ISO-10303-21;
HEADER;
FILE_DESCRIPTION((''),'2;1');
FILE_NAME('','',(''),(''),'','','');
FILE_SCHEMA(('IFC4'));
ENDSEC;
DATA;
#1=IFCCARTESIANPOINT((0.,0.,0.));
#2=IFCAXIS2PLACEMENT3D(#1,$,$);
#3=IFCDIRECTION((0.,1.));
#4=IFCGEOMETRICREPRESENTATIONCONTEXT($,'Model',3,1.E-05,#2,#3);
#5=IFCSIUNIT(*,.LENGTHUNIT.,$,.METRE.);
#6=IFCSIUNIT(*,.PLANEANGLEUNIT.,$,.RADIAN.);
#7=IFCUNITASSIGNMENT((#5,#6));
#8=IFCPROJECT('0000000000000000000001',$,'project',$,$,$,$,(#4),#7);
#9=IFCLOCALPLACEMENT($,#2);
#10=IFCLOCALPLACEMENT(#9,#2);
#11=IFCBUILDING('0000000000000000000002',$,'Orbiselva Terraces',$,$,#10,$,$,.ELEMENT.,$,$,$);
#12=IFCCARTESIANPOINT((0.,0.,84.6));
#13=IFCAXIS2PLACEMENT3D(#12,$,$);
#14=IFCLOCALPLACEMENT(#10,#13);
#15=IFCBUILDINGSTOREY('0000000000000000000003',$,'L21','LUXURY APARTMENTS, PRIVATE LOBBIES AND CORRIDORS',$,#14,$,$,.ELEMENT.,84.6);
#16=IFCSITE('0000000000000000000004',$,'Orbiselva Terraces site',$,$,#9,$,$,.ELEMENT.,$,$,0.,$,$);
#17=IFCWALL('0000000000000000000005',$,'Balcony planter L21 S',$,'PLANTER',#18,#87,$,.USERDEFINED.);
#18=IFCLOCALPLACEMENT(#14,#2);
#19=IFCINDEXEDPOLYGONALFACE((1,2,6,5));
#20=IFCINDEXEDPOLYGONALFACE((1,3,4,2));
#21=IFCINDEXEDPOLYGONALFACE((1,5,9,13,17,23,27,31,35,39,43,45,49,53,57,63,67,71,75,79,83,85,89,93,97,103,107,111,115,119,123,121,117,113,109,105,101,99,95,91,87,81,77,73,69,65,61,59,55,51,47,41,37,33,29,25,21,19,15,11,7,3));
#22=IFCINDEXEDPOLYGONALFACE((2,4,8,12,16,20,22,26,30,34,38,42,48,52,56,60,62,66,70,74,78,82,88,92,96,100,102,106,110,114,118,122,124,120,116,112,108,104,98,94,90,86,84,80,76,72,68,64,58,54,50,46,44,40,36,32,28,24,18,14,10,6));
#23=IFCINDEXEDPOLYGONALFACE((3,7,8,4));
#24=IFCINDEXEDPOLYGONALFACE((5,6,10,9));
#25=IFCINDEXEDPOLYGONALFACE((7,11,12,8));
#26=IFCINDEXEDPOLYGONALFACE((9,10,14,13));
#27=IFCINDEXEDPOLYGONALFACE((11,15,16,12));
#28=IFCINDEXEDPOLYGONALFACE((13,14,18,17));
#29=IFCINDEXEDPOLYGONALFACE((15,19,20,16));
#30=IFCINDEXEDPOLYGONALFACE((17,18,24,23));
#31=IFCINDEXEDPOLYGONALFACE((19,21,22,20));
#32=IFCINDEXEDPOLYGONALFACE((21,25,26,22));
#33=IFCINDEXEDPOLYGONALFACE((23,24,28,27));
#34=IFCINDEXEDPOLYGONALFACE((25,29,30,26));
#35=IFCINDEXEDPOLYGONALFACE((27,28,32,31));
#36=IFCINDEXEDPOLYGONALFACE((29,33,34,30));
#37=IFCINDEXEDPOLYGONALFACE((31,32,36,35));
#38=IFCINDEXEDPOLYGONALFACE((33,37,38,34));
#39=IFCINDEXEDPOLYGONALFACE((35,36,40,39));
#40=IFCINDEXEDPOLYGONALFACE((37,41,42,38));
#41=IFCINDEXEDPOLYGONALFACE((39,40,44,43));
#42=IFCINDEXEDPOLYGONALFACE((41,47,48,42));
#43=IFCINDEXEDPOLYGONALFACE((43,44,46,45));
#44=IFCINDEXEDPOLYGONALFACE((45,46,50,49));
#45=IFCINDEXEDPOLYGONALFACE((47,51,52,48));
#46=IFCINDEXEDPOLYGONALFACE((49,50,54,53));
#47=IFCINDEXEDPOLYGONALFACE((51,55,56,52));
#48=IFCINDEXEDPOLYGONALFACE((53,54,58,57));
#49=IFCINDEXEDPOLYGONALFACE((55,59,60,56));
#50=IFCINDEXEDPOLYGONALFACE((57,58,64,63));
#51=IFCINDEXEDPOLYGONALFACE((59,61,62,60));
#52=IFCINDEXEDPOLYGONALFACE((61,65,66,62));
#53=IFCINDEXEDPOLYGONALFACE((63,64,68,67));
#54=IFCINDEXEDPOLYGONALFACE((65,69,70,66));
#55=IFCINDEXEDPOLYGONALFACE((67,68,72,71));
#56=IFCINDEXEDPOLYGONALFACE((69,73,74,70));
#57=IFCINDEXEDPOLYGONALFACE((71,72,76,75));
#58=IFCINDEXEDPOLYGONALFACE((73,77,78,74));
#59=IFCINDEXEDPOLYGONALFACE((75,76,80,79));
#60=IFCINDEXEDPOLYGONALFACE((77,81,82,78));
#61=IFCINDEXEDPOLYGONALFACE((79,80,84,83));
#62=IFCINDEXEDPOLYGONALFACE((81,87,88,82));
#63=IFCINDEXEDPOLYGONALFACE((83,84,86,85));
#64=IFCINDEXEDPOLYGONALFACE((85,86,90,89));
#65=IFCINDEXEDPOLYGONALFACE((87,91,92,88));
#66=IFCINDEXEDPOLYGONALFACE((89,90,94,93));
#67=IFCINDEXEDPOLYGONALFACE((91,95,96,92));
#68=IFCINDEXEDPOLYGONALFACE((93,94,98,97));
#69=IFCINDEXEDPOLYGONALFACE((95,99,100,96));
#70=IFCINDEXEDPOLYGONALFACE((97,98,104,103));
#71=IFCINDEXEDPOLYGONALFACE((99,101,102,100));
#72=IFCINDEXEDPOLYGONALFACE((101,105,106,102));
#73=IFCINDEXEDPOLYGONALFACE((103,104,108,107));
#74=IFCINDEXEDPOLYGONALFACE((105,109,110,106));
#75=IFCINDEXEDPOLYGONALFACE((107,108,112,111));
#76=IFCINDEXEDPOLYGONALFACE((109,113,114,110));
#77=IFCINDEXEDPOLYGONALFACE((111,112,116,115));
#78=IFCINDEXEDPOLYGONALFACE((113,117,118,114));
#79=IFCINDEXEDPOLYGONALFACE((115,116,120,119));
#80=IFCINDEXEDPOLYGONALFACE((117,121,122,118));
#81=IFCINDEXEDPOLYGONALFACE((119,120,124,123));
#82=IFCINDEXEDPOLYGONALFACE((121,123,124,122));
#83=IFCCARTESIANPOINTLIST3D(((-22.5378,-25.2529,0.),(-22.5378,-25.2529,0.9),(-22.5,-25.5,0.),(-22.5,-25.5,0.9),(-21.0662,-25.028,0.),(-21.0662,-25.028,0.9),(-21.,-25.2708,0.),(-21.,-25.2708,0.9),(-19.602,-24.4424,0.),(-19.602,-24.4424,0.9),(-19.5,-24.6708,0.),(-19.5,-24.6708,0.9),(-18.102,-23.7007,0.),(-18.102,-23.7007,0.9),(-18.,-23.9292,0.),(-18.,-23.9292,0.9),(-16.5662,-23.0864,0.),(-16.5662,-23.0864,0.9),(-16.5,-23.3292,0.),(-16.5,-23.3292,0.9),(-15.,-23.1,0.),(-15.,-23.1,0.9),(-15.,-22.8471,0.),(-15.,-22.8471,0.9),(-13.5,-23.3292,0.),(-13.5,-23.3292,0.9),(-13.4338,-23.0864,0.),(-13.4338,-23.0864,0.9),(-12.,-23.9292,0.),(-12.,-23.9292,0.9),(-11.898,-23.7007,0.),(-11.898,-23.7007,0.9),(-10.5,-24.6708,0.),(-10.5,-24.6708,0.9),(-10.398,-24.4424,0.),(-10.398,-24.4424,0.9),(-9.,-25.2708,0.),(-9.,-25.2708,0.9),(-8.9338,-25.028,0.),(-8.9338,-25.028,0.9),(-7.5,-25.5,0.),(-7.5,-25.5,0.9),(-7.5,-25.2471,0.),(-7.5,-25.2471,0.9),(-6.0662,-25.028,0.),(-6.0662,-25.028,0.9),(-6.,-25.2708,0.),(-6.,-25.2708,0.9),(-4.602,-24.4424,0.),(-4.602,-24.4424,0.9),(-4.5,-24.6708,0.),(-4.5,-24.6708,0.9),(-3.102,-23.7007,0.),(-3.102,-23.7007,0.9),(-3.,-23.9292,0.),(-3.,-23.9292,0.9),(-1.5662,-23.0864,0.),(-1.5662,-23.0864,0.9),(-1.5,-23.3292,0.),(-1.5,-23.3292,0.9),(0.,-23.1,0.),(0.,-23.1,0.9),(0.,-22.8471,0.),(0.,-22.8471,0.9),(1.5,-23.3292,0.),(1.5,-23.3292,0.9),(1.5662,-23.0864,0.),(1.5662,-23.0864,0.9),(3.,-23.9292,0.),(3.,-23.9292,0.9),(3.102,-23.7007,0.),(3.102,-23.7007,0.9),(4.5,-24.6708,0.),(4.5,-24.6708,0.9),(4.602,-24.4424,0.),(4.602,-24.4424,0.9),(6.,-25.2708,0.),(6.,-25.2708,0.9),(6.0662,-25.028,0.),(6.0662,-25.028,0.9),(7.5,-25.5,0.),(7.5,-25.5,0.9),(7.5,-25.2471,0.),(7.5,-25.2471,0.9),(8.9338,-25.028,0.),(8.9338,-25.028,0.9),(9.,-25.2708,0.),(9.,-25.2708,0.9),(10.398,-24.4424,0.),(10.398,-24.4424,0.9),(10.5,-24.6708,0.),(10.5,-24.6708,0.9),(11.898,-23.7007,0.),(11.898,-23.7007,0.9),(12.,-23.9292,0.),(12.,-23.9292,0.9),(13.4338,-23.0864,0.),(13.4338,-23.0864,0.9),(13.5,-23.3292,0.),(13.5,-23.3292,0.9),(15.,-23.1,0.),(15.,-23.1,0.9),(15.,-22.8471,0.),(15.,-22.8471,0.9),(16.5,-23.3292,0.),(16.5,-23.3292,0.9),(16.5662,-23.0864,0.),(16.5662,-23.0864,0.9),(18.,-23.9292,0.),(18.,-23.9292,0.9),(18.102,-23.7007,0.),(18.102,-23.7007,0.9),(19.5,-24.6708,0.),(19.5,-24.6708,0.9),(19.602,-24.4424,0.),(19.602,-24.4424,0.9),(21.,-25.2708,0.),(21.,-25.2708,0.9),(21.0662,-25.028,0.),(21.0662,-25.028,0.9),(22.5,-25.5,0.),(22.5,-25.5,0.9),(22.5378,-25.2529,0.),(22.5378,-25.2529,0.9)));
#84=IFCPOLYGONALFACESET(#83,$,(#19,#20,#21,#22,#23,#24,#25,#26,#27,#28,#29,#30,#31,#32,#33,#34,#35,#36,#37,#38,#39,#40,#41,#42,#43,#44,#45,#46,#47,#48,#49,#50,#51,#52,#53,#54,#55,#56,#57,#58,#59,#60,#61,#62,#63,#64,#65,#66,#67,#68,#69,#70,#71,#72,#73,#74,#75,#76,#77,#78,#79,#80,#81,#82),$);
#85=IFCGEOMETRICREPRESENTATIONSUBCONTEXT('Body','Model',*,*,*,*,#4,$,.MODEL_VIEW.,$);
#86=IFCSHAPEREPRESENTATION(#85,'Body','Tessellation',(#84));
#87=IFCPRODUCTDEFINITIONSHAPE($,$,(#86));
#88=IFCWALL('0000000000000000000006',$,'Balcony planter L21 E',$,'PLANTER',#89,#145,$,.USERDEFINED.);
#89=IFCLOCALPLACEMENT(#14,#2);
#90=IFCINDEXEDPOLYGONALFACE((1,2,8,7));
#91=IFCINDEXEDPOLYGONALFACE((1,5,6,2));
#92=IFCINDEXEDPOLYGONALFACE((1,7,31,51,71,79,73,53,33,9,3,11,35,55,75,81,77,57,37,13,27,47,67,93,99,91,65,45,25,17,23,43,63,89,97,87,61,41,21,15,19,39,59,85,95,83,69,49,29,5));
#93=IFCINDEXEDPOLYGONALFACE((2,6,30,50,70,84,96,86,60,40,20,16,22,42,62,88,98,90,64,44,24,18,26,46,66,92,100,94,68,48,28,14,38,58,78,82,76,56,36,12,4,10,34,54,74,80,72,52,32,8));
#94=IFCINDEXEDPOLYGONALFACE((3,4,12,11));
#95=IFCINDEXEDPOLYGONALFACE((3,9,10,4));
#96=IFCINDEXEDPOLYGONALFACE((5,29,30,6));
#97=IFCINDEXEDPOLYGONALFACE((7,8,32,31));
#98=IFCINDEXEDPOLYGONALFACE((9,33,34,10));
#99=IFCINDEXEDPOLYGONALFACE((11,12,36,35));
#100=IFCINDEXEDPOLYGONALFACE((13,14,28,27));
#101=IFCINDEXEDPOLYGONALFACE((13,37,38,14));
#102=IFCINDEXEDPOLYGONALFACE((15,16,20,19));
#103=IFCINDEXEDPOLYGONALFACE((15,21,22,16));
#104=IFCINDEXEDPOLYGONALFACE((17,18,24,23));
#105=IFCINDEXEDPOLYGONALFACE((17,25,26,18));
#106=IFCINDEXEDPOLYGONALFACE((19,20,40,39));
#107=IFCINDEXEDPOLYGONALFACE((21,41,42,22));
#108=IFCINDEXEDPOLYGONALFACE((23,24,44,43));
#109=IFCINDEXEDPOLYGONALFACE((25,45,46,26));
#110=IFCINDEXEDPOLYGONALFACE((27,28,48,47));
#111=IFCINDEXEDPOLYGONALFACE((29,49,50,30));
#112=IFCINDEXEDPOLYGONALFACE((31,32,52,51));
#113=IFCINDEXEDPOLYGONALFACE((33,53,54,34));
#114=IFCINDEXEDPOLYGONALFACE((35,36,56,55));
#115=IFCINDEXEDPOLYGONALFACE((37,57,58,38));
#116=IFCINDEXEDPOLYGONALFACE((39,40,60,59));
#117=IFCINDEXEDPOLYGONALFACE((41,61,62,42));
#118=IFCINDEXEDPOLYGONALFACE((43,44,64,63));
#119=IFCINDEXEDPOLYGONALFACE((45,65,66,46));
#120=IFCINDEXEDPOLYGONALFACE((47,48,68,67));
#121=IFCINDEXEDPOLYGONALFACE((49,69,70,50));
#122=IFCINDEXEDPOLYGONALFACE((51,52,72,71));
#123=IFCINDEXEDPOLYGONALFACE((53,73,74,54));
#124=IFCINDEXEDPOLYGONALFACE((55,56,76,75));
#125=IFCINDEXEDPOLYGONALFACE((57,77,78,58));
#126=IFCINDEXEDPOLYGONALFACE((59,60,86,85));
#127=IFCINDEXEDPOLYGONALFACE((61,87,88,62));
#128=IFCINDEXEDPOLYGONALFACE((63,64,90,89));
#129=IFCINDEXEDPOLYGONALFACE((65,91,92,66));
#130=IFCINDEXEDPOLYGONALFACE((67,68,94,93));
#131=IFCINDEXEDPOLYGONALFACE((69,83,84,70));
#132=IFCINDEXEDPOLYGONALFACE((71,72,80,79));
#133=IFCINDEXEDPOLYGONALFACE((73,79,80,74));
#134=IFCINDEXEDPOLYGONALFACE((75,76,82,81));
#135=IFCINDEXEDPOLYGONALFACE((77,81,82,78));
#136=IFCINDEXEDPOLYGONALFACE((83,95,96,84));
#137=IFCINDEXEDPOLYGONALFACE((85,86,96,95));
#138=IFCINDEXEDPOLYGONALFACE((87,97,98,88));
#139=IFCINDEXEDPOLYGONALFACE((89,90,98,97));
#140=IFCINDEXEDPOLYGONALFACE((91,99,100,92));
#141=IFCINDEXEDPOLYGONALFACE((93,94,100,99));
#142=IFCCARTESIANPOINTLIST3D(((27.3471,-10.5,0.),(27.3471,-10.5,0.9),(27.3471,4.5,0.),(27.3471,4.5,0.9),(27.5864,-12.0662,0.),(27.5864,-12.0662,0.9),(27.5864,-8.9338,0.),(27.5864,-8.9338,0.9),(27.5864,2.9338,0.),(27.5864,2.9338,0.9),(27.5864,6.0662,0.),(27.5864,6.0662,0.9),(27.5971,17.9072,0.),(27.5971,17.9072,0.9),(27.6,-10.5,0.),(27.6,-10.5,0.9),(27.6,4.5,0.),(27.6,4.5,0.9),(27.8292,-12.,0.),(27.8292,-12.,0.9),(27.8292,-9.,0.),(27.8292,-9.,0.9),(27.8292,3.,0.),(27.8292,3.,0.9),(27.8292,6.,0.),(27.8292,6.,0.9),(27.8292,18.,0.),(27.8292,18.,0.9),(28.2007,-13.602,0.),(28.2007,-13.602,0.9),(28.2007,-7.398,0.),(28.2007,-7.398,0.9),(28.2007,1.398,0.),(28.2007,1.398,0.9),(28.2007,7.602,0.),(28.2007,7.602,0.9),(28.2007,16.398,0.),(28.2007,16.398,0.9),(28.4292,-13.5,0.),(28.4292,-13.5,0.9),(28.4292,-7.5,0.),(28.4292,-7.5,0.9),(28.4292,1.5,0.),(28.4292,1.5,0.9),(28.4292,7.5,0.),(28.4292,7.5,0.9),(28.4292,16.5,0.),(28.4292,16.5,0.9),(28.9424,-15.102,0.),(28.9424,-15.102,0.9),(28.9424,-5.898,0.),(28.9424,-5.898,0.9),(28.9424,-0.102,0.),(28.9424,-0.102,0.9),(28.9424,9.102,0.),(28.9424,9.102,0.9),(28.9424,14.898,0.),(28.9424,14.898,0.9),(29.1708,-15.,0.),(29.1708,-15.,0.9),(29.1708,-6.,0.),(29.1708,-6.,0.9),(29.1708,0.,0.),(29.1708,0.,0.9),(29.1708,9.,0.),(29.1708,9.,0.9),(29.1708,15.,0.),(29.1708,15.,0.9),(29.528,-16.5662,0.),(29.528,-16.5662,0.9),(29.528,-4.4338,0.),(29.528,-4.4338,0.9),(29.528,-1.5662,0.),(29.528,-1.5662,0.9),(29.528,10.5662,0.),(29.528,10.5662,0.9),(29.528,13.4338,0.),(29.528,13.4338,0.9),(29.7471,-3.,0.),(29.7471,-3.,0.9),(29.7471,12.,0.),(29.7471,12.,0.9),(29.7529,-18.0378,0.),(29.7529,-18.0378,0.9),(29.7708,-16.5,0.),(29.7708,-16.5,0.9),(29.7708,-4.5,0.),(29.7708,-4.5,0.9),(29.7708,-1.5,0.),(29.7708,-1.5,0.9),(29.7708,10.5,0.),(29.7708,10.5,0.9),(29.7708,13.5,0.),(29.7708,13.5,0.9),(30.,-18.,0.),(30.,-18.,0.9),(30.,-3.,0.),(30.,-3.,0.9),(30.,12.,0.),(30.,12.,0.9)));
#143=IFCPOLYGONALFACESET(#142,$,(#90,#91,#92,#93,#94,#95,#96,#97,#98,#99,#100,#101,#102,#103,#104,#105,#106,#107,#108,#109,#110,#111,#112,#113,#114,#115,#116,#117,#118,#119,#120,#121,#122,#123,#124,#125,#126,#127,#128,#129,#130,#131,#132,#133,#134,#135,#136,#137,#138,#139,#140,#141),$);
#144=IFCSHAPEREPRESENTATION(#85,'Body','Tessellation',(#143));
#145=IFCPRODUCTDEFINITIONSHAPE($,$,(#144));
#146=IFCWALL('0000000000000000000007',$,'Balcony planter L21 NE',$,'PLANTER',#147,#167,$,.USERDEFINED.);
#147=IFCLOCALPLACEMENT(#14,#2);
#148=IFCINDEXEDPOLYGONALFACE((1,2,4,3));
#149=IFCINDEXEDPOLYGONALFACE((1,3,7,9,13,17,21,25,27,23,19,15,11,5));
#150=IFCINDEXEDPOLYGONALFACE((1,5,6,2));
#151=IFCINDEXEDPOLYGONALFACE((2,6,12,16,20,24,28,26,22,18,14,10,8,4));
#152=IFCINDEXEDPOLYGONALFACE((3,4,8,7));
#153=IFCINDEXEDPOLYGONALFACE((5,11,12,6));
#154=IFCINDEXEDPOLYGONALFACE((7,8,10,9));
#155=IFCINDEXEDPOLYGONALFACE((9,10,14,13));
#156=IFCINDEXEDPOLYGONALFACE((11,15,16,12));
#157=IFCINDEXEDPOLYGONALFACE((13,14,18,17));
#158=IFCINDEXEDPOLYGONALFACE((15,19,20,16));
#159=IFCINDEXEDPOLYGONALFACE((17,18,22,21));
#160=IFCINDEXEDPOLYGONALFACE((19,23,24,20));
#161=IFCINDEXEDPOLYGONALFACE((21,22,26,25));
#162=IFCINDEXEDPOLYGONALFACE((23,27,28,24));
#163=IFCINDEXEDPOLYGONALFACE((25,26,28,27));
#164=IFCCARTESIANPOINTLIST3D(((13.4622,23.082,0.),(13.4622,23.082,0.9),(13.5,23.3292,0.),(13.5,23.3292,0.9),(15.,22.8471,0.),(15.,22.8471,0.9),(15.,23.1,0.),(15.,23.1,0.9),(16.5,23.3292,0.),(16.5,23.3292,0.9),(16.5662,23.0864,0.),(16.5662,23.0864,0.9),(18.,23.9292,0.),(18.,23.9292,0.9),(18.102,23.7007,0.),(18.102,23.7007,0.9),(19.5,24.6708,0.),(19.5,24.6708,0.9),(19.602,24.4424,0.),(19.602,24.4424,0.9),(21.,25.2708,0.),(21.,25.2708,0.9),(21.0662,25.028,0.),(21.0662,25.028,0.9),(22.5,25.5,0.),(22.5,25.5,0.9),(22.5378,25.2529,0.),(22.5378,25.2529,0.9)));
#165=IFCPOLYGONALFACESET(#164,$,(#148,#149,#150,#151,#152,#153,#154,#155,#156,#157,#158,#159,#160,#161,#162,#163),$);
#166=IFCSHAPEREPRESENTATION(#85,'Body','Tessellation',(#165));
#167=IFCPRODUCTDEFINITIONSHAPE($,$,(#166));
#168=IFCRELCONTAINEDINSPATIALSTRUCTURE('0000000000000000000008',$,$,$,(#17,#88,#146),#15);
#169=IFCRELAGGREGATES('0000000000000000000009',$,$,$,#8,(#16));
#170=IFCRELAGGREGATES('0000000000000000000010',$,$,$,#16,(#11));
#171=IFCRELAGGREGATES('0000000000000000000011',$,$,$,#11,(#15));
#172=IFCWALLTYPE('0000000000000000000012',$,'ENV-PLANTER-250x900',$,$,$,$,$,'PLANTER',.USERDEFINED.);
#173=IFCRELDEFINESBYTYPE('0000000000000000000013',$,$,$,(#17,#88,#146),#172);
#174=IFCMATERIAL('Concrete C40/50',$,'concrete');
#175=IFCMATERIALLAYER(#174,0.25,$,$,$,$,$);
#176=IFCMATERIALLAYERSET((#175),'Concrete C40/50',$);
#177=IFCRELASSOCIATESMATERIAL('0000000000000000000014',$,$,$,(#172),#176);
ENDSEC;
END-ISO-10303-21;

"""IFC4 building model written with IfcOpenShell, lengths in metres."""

from ifc_helpers import new_model, si_unit, direction, frame, origin, place, context, subcontext, project, spatial, polyline, outline, extrude, material, layer, layer_set, type_object, element, save


model = new_model("IFC4")

# Units and contexts
model_context = context("Model", 3, precision=1e-05, world=origin(), true_north=direction((0.0, 1.0)))
body_context = subcontext(model_context, "Body", "Model", "MODEL_VIEW")
ifc_project = project(units=[si_unit("LENGTHUNIT", "METRE"), si_unit("PLANEANGLEUNIT", "RADIAN")], contexts=[model_context])

# Site, building, storey
site_placement = place(None, origin())
site = spatial("IfcSite", under=ifc_project, at=site_placement, Name="Orbiselva Terraces site", CompositionType="ELEMENT", RefElevation=0.0)
building_placement = place(site_placement, origin())
building = spatial("IfcBuilding", under=site, at=building_placement, Name="Orbiselva Terraces", CompositionType="ELEMENT")
storey_placement = place(building_placement, frame((0.0, 0.0, 84.6)))
storey = spatial("IfcBuildingStorey", under=building, at=storey_placement, Name="L21", Description="LUXURY APARTMENTS, PRIVATE LOBBIES AND CORRIDORS", CompositionType="ELEMENT", Elevation=84.6)

# Shared definitions
ifc_material_1 = material(Name="Concrete C40/50", Category="concrete")

# Walls
ifc_layer_1 = layer(ifc_material_1, 0.25)
ifc_layer_set_1 = layer_set([ifc_layer_1], Name="Concrete C40/50")
wall_type = type_object("IfcWallType", Name="ENV-PLANTER-250x900", ElementType="PLANTER", PredefinedType="USERDEFINED", material=ifc_layer_set_1)
wall_1_placement = place(storey_placement, origin())
element("IfcWall", 1, at=wall_1_placement, inside=storey, type_object=wall_type, Name="Balcony planter L21 S", ObjectType="PLANTER", PredefinedType="USERDEFINED", context=body_context, shape_type="SweptSolid", body=[
    extrude(outline(polyline([(-22.5, -25.5), (-21.0, -25.2708), (-19.5, -24.6708), (-18.0, -23.9292), (-16.5, -23.3292), (-15.0, -23.1), (-13.5, -23.3292), (-12.0, -23.9292), (-10.5, -24.6708), (-9.0, -25.2708), (-7.5, -25.5), (-6.0, -25.2708), (-4.5, -24.6708), (-3.0, -23.9292), (-1.5, -23.3292), (0.0, -23.1), (1.5, -23.3292), (3.0, -23.9292), (4.5, -24.6708), (6.0, -25.2708), (7.5, -25.5), (9.0, -25.2708), (10.5, -24.6708), (12.0, -23.9292), (13.5, -23.3292), (15.0, -23.1), (16.5, -23.3292), (18.0, -23.9292), (19.5, -24.6708), (21.0, -25.2708), (22.5, -25.5), (22.5378, -25.2529), (21.0662, -25.028), (19.602, -24.4424), (18.102, -23.7007), (16.5662, -23.0864), (15.0, -22.8471), (13.4338, -23.0864), (11.898, -23.7007), (10.398, -24.4424), (8.9338, -25.028), (7.5, -25.2471), (6.0662, -25.028), (4.602, -24.4424), (3.102, -23.7007), (1.5662, -23.0864), (0.0, -22.8471), (-1.5662, -23.0864), (-3.102, -23.7007), (-4.602, -24.4424), (-6.0662, -25.028), (-7.5, -25.2471), (-8.9338, -25.028), (-10.398, -24.4424), (-11.898, -23.7007), (-13.4338, -23.0864), (-15.0, -22.8471), (-16.5662, -23.0864), (-18.102, -23.7007), (-19.602, -24.4424), (-21.0662, -25.028), (-22.5378, -25.2529), (-22.5, -25.5)])), origin(), (0.0, 0.0, 1.0), 0.9),
])
wall_2_placement = place(storey_placement, origin())
element("IfcWall", 2, at=wall_2_placement, inside=storey, type_object=wall_type, Name="Balcony planter L21 E", ObjectType="PLANTER", PredefinedType="USERDEFINED", context=body_context, shape_type="SweptSolid", body=[
    extrude(outline(polyline([(30.0, -18.0), (29.7708, -16.5), (29.1708, -15.0), (28.4292, -13.5), (27.8292, -12.0), (27.6, -10.5), (27.8292, -9.0), (28.4292, -7.5), (29.1708, -6.0), (29.7708, -4.5), (30.0, -3.0), (29.7708, -1.5), (29.1708, 0.0), (28.4292, 1.5), (27.8292, 3.0), (27.6, 4.5), (27.8292, 6.0), (28.4292, 7.5), (29.1708, 9.0), (29.7708, 10.5), (30.0, 12.0), (29.7708, 13.5), (29.1708, 15.0), (28.4292, 16.5), (27.8292, 18.0), (27.5971, 17.9072), (28.2007, 16.398), (28.9424, 14.898), (29.528, 13.4338), (29.7471, 12.0), (29.528, 10.5662), (28.9424, 9.102), (28.2007, 7.602), (27.5864, 6.0662), (27.3471, 4.5), (27.5864, 2.9338), (28.2007, 1.398), (28.9424, -0.102), (29.528, -1.5662), (29.7471, -3.0), (29.528, -4.4338), (28.9424, -5.898), (28.2007, -7.398), (27.5864, -8.9338), (27.3471, -10.5), (27.5864, -12.0662), (28.2007, -13.602), (28.9424, -15.102), (29.528, -16.5662), (29.7529, -18.0378), (30.0, -18.0)])), origin(), (0.0, 0.0, 1.0), 0.9),
])
wall_3_placement = place(storey_placement, origin())
element("IfcWall", 3, at=wall_3_placement, inside=storey, type_object=wall_type, Name="Balcony planter L21 NE", ObjectType="PLANTER", PredefinedType="USERDEFINED", context=body_context, shape_type="SweptSolid", body=[
    extrude(outline(polyline([(22.5, 25.5), (21.0, 25.2708), (19.5, 24.6708), (18.0, 23.9292), (16.5, 23.3292), (15.0, 23.1), (13.5, 23.3292), (13.4622, 23.082), (15.0, 22.8471), (16.5662, 23.0864), (18.102, 23.7007), (19.602, 24.4424), (21.0662, 25.028), (22.5378, 25.2529), (22.5, 25.5)])), origin(), (0.0, 0.0, 1.0), 0.9),
])

save(model, "model.ifc")
